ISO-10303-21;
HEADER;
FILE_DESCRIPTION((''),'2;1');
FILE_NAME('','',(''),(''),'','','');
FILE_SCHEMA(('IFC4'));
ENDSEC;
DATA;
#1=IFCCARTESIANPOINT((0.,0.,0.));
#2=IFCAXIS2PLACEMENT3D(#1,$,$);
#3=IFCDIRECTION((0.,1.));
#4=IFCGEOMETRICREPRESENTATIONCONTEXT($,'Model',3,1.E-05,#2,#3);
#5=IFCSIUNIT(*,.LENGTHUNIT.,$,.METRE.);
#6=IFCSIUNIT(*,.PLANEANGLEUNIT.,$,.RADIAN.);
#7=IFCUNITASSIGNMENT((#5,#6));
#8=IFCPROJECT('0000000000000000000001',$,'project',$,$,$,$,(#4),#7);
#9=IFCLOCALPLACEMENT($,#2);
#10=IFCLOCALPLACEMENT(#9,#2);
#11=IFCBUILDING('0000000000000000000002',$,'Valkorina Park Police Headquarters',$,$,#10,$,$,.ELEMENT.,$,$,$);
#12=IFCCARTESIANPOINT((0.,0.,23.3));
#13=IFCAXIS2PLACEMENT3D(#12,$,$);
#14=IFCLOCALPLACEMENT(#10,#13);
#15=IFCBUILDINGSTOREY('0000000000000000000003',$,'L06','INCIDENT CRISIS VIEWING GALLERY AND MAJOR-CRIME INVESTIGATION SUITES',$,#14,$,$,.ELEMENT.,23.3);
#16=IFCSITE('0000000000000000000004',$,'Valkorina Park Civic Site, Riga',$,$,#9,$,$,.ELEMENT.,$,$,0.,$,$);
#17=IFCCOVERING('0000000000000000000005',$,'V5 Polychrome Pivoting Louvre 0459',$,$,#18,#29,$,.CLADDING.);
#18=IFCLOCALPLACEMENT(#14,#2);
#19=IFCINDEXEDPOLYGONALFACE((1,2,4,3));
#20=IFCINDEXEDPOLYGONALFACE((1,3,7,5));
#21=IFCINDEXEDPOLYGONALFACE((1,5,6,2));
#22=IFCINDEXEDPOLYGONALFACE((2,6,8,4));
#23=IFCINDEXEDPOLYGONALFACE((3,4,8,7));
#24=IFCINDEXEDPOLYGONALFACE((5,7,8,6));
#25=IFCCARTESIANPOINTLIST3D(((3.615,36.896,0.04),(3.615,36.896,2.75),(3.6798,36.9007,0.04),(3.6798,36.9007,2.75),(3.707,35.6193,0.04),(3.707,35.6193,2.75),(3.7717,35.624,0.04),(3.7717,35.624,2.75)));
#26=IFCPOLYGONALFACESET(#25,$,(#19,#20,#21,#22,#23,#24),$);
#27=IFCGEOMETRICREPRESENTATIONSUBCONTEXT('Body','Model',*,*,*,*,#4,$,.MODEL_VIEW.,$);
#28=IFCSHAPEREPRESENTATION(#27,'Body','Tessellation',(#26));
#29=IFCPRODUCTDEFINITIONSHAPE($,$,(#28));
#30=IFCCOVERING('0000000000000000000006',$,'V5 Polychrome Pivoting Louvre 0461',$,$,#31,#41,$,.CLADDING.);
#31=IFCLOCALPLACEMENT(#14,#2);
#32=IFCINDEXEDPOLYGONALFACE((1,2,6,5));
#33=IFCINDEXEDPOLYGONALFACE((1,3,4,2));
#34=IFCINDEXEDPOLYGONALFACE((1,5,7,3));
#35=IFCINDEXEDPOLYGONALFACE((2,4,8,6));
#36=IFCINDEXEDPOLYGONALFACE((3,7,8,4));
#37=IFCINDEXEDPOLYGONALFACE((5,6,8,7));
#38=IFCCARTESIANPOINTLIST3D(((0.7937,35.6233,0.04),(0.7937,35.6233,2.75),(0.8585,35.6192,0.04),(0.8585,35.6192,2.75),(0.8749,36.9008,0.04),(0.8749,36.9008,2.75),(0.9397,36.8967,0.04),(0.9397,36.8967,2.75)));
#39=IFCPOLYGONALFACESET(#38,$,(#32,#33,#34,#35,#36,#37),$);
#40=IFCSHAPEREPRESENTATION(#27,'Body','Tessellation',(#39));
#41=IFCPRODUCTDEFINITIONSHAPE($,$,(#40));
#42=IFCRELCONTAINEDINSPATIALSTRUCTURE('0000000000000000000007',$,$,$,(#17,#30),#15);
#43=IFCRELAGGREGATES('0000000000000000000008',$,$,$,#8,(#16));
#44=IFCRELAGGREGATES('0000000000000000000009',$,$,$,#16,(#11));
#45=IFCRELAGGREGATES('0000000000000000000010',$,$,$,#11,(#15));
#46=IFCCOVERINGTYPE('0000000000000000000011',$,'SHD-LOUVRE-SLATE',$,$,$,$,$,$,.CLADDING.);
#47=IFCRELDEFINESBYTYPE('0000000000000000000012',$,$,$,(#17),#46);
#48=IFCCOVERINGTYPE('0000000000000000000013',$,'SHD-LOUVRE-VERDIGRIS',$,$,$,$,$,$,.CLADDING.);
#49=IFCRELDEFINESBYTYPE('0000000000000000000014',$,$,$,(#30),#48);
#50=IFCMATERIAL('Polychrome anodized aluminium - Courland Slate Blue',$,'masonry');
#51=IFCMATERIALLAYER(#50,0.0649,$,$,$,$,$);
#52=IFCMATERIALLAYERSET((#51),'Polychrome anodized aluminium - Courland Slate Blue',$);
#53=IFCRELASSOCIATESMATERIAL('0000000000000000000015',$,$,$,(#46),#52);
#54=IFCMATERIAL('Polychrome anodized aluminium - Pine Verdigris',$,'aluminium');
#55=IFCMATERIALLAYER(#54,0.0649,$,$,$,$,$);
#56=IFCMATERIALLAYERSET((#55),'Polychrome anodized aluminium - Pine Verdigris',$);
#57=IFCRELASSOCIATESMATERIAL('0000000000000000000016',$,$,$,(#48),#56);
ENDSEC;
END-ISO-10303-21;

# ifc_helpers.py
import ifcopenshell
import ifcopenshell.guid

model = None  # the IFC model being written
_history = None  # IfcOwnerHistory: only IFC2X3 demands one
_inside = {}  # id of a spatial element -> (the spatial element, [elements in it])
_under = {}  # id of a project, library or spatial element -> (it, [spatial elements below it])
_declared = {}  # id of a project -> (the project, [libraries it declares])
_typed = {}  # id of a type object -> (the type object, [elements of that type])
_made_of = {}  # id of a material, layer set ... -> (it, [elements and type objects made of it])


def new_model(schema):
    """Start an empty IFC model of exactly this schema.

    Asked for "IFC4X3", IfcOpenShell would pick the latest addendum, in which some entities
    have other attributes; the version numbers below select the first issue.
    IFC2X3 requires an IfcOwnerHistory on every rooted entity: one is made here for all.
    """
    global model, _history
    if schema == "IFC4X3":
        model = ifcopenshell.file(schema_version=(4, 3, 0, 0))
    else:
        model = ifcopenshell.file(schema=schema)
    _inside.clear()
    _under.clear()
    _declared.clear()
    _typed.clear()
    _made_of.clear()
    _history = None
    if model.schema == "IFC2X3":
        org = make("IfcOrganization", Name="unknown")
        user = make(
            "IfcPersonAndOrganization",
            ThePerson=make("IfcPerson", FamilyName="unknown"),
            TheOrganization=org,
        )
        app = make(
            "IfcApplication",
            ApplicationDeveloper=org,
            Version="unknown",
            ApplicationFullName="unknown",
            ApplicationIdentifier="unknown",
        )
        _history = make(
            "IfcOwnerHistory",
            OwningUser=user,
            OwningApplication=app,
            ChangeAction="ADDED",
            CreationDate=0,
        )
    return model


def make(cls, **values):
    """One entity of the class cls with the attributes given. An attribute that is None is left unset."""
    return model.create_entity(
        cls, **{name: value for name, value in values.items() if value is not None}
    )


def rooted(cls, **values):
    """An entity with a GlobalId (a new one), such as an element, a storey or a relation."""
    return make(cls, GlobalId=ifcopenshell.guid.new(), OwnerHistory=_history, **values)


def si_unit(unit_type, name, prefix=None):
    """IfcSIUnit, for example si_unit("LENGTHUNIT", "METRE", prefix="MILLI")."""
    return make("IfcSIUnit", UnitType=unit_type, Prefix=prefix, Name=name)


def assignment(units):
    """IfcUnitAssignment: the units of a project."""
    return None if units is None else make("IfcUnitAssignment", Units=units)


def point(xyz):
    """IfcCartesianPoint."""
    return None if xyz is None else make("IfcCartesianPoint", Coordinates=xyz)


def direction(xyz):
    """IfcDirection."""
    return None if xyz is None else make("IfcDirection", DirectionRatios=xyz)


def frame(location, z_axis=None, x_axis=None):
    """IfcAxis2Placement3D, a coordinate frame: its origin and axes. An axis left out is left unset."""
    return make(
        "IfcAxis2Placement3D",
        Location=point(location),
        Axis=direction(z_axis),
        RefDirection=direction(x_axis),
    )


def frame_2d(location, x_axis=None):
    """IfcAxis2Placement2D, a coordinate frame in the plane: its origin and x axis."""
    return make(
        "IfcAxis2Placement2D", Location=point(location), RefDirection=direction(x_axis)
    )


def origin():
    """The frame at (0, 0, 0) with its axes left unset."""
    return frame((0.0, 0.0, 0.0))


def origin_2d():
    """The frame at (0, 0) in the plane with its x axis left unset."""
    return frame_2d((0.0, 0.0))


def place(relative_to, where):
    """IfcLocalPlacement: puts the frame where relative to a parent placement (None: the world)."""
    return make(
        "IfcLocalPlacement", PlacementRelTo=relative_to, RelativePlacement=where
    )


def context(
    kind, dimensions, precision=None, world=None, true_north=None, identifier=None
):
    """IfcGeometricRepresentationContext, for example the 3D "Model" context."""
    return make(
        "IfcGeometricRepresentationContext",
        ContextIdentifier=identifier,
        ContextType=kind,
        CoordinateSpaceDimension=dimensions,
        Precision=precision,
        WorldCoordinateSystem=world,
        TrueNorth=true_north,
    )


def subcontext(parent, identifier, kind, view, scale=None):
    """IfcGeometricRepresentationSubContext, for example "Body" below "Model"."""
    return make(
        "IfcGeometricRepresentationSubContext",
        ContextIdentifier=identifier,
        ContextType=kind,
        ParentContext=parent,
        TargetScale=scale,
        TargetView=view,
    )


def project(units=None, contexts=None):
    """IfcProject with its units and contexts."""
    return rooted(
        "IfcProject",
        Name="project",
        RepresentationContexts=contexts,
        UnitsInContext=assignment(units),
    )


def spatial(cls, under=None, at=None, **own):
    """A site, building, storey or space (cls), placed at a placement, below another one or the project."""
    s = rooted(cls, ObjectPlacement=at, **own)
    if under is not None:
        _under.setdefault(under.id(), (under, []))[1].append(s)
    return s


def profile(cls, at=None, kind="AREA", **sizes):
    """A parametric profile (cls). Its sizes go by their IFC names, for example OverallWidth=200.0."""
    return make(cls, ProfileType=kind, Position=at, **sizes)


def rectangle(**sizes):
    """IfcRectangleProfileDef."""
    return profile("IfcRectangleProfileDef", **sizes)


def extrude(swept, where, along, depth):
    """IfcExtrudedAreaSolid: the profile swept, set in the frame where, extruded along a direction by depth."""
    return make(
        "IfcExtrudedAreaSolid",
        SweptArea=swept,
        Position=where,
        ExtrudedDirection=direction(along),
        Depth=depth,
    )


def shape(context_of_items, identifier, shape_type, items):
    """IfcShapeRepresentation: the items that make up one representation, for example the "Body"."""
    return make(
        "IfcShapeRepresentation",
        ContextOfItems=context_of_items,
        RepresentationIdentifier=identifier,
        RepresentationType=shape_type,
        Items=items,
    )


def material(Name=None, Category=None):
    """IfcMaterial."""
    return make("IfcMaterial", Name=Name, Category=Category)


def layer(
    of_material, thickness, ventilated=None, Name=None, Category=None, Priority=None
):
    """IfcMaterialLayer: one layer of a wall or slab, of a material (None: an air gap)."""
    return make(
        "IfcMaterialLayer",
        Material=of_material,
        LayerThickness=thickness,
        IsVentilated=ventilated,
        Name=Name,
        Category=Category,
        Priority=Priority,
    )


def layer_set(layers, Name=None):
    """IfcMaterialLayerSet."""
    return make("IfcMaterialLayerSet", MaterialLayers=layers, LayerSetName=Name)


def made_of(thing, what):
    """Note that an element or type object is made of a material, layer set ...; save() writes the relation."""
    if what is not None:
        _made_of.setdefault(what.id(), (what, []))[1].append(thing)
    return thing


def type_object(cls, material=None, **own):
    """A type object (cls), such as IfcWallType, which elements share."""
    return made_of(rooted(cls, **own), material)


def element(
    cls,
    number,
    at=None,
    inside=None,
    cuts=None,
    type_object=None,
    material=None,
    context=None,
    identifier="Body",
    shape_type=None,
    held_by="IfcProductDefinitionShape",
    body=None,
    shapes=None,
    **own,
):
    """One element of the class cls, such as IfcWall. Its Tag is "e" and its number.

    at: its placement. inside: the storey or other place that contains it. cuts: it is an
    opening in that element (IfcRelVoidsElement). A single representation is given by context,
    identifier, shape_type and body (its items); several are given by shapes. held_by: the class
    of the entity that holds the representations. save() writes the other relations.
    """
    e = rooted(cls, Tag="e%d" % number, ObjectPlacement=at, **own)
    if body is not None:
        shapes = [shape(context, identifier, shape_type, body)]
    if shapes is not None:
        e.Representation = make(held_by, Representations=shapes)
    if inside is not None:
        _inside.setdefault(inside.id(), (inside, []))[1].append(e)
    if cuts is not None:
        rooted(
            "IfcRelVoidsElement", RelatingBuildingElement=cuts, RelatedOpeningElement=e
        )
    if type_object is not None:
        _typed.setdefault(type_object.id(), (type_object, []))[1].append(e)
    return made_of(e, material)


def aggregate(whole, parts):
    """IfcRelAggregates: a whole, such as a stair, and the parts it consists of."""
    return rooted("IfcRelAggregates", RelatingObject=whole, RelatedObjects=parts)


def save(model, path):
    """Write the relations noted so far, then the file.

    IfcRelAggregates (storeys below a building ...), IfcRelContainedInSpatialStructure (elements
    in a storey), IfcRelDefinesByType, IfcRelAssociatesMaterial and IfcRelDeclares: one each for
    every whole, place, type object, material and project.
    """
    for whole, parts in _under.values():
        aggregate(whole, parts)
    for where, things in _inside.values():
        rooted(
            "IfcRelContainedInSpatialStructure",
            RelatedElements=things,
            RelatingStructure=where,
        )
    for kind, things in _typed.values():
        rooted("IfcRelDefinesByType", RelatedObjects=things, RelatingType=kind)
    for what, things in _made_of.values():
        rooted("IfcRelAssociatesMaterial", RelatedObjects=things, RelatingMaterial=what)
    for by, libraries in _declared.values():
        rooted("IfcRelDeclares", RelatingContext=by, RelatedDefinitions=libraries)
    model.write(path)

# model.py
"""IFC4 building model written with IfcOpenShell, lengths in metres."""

from ifc_helpers import new_model, si_unit, direction, frame, origin, origin_2d, place, context, subcontext, project, spatial, rectangle, extrude, material, layer, layer_set, type_object, element, save


model = new_model("IFC4")

# Units and contexts
model_context = context("Model", 3, precision=1e-05, world=origin(), true_north=direction((0.0, 1.0)))
body_context = subcontext(model_context, "Body", "Model", "MODEL_VIEW")
ifc_project = project(units=[si_unit("LENGTHUNIT", "METRE"), si_unit("PLANEANGLEUNIT", "RADIAN")], contexts=[model_context])

# Site, building, storey
site_placement = place(None, origin())
site = spatial("IfcSite", under=ifc_project, at=site_placement, Name="Valkorina Park Civic Site, Riga", CompositionType="ELEMENT", RefElevation=0.0)
building_placement = place(site_placement, origin())
building = spatial("IfcBuilding", under=site, at=building_placement, Name="Valkorina Park Police Headquarters", CompositionType="ELEMENT")
storey_placement = place(building_placement, frame((0.0, 0.0, 23.3)))
storey = spatial("IfcBuildingStorey", under=building, at=storey_placement, Name="L06", Description="INCIDENT CRISIS VIEWING GALLERY AND MAJOR-CRIME INVESTIGATION SUITES", CompositionType="ELEMENT", Elevation=23.3)

# Coverings
ifc_material_1 = material(Name="Polychrome anodized aluminium - Courland Slate Blue", Category="masonry")
ifc_layer_1 = layer(ifc_material_1, 0.0649)
ifc_layer_set_1 = layer_set([ifc_layer_1], Name="Polychrome anodized aluminium - Courland Slate Blue")
covering_type_1 = type_object("IfcCoveringType", Name="SHD-LOUVRE-SLATE", PredefinedType="CLADDING", material=ifc_layer_set_1)
covering_1_placement = place(storey_placement, frame((3.6934, 36.26, 0.04), z_axis=(0.0, 0.0, 1.0), x_axis=(0.071846, -0.997416, 0.0)))
element("IfcCovering", 1, at=covering_1_placement, inside=storey, type_object=covering_type_1, Name="V5 Polychrome Pivoting Louvre 0459", PredefinedType="CLADDING", context=body_context, shape_type="SweptSolid", body=[
    extrude(rectangle(XDim=1.28, YDim=0.0649, at=origin_2d()), origin(), (0.0, 0.0, 1.0), 2.71),
])
ifc_material_2 = material(Name="Polychrome anodized aluminium - Pine Verdigris", Category="aluminium")
ifc_layer_2 = layer(ifc_material_2, 0.0649)
ifc_layer_set_2 = layer_set([ifc_layer_2], Name="Polychrome anodized aluminium - Pine Verdigris")
covering_type_2 = type_object("IfcCoveringType", Name="SHD-LOUVRE-VERDIGRIS", PredefinedType="CLADDING", material=ifc_layer_set_2)
covering_2_placement = place(storey_placement, frame((0.8667, 36.26, 0.04), z_axis=(0.0, 0.0, 1.0), x_axis=(-0.063487, -0.997983, 0.0)))
element("IfcCovering", 2, at=covering_2_placement, inside=storey, type_object=covering_type_2, Name="V5 Polychrome Pivoting Louvre 0461", PredefinedType="CLADDING", context=body_context, shape_type="SweptSolid", body=[
    extrude(rectangle(XDim=1.28, YDim=0.0649, at=origin_2d()), origin(), (0.0, 0.0, 1.0), 2.71),
])

save(model, "model.ifc")
